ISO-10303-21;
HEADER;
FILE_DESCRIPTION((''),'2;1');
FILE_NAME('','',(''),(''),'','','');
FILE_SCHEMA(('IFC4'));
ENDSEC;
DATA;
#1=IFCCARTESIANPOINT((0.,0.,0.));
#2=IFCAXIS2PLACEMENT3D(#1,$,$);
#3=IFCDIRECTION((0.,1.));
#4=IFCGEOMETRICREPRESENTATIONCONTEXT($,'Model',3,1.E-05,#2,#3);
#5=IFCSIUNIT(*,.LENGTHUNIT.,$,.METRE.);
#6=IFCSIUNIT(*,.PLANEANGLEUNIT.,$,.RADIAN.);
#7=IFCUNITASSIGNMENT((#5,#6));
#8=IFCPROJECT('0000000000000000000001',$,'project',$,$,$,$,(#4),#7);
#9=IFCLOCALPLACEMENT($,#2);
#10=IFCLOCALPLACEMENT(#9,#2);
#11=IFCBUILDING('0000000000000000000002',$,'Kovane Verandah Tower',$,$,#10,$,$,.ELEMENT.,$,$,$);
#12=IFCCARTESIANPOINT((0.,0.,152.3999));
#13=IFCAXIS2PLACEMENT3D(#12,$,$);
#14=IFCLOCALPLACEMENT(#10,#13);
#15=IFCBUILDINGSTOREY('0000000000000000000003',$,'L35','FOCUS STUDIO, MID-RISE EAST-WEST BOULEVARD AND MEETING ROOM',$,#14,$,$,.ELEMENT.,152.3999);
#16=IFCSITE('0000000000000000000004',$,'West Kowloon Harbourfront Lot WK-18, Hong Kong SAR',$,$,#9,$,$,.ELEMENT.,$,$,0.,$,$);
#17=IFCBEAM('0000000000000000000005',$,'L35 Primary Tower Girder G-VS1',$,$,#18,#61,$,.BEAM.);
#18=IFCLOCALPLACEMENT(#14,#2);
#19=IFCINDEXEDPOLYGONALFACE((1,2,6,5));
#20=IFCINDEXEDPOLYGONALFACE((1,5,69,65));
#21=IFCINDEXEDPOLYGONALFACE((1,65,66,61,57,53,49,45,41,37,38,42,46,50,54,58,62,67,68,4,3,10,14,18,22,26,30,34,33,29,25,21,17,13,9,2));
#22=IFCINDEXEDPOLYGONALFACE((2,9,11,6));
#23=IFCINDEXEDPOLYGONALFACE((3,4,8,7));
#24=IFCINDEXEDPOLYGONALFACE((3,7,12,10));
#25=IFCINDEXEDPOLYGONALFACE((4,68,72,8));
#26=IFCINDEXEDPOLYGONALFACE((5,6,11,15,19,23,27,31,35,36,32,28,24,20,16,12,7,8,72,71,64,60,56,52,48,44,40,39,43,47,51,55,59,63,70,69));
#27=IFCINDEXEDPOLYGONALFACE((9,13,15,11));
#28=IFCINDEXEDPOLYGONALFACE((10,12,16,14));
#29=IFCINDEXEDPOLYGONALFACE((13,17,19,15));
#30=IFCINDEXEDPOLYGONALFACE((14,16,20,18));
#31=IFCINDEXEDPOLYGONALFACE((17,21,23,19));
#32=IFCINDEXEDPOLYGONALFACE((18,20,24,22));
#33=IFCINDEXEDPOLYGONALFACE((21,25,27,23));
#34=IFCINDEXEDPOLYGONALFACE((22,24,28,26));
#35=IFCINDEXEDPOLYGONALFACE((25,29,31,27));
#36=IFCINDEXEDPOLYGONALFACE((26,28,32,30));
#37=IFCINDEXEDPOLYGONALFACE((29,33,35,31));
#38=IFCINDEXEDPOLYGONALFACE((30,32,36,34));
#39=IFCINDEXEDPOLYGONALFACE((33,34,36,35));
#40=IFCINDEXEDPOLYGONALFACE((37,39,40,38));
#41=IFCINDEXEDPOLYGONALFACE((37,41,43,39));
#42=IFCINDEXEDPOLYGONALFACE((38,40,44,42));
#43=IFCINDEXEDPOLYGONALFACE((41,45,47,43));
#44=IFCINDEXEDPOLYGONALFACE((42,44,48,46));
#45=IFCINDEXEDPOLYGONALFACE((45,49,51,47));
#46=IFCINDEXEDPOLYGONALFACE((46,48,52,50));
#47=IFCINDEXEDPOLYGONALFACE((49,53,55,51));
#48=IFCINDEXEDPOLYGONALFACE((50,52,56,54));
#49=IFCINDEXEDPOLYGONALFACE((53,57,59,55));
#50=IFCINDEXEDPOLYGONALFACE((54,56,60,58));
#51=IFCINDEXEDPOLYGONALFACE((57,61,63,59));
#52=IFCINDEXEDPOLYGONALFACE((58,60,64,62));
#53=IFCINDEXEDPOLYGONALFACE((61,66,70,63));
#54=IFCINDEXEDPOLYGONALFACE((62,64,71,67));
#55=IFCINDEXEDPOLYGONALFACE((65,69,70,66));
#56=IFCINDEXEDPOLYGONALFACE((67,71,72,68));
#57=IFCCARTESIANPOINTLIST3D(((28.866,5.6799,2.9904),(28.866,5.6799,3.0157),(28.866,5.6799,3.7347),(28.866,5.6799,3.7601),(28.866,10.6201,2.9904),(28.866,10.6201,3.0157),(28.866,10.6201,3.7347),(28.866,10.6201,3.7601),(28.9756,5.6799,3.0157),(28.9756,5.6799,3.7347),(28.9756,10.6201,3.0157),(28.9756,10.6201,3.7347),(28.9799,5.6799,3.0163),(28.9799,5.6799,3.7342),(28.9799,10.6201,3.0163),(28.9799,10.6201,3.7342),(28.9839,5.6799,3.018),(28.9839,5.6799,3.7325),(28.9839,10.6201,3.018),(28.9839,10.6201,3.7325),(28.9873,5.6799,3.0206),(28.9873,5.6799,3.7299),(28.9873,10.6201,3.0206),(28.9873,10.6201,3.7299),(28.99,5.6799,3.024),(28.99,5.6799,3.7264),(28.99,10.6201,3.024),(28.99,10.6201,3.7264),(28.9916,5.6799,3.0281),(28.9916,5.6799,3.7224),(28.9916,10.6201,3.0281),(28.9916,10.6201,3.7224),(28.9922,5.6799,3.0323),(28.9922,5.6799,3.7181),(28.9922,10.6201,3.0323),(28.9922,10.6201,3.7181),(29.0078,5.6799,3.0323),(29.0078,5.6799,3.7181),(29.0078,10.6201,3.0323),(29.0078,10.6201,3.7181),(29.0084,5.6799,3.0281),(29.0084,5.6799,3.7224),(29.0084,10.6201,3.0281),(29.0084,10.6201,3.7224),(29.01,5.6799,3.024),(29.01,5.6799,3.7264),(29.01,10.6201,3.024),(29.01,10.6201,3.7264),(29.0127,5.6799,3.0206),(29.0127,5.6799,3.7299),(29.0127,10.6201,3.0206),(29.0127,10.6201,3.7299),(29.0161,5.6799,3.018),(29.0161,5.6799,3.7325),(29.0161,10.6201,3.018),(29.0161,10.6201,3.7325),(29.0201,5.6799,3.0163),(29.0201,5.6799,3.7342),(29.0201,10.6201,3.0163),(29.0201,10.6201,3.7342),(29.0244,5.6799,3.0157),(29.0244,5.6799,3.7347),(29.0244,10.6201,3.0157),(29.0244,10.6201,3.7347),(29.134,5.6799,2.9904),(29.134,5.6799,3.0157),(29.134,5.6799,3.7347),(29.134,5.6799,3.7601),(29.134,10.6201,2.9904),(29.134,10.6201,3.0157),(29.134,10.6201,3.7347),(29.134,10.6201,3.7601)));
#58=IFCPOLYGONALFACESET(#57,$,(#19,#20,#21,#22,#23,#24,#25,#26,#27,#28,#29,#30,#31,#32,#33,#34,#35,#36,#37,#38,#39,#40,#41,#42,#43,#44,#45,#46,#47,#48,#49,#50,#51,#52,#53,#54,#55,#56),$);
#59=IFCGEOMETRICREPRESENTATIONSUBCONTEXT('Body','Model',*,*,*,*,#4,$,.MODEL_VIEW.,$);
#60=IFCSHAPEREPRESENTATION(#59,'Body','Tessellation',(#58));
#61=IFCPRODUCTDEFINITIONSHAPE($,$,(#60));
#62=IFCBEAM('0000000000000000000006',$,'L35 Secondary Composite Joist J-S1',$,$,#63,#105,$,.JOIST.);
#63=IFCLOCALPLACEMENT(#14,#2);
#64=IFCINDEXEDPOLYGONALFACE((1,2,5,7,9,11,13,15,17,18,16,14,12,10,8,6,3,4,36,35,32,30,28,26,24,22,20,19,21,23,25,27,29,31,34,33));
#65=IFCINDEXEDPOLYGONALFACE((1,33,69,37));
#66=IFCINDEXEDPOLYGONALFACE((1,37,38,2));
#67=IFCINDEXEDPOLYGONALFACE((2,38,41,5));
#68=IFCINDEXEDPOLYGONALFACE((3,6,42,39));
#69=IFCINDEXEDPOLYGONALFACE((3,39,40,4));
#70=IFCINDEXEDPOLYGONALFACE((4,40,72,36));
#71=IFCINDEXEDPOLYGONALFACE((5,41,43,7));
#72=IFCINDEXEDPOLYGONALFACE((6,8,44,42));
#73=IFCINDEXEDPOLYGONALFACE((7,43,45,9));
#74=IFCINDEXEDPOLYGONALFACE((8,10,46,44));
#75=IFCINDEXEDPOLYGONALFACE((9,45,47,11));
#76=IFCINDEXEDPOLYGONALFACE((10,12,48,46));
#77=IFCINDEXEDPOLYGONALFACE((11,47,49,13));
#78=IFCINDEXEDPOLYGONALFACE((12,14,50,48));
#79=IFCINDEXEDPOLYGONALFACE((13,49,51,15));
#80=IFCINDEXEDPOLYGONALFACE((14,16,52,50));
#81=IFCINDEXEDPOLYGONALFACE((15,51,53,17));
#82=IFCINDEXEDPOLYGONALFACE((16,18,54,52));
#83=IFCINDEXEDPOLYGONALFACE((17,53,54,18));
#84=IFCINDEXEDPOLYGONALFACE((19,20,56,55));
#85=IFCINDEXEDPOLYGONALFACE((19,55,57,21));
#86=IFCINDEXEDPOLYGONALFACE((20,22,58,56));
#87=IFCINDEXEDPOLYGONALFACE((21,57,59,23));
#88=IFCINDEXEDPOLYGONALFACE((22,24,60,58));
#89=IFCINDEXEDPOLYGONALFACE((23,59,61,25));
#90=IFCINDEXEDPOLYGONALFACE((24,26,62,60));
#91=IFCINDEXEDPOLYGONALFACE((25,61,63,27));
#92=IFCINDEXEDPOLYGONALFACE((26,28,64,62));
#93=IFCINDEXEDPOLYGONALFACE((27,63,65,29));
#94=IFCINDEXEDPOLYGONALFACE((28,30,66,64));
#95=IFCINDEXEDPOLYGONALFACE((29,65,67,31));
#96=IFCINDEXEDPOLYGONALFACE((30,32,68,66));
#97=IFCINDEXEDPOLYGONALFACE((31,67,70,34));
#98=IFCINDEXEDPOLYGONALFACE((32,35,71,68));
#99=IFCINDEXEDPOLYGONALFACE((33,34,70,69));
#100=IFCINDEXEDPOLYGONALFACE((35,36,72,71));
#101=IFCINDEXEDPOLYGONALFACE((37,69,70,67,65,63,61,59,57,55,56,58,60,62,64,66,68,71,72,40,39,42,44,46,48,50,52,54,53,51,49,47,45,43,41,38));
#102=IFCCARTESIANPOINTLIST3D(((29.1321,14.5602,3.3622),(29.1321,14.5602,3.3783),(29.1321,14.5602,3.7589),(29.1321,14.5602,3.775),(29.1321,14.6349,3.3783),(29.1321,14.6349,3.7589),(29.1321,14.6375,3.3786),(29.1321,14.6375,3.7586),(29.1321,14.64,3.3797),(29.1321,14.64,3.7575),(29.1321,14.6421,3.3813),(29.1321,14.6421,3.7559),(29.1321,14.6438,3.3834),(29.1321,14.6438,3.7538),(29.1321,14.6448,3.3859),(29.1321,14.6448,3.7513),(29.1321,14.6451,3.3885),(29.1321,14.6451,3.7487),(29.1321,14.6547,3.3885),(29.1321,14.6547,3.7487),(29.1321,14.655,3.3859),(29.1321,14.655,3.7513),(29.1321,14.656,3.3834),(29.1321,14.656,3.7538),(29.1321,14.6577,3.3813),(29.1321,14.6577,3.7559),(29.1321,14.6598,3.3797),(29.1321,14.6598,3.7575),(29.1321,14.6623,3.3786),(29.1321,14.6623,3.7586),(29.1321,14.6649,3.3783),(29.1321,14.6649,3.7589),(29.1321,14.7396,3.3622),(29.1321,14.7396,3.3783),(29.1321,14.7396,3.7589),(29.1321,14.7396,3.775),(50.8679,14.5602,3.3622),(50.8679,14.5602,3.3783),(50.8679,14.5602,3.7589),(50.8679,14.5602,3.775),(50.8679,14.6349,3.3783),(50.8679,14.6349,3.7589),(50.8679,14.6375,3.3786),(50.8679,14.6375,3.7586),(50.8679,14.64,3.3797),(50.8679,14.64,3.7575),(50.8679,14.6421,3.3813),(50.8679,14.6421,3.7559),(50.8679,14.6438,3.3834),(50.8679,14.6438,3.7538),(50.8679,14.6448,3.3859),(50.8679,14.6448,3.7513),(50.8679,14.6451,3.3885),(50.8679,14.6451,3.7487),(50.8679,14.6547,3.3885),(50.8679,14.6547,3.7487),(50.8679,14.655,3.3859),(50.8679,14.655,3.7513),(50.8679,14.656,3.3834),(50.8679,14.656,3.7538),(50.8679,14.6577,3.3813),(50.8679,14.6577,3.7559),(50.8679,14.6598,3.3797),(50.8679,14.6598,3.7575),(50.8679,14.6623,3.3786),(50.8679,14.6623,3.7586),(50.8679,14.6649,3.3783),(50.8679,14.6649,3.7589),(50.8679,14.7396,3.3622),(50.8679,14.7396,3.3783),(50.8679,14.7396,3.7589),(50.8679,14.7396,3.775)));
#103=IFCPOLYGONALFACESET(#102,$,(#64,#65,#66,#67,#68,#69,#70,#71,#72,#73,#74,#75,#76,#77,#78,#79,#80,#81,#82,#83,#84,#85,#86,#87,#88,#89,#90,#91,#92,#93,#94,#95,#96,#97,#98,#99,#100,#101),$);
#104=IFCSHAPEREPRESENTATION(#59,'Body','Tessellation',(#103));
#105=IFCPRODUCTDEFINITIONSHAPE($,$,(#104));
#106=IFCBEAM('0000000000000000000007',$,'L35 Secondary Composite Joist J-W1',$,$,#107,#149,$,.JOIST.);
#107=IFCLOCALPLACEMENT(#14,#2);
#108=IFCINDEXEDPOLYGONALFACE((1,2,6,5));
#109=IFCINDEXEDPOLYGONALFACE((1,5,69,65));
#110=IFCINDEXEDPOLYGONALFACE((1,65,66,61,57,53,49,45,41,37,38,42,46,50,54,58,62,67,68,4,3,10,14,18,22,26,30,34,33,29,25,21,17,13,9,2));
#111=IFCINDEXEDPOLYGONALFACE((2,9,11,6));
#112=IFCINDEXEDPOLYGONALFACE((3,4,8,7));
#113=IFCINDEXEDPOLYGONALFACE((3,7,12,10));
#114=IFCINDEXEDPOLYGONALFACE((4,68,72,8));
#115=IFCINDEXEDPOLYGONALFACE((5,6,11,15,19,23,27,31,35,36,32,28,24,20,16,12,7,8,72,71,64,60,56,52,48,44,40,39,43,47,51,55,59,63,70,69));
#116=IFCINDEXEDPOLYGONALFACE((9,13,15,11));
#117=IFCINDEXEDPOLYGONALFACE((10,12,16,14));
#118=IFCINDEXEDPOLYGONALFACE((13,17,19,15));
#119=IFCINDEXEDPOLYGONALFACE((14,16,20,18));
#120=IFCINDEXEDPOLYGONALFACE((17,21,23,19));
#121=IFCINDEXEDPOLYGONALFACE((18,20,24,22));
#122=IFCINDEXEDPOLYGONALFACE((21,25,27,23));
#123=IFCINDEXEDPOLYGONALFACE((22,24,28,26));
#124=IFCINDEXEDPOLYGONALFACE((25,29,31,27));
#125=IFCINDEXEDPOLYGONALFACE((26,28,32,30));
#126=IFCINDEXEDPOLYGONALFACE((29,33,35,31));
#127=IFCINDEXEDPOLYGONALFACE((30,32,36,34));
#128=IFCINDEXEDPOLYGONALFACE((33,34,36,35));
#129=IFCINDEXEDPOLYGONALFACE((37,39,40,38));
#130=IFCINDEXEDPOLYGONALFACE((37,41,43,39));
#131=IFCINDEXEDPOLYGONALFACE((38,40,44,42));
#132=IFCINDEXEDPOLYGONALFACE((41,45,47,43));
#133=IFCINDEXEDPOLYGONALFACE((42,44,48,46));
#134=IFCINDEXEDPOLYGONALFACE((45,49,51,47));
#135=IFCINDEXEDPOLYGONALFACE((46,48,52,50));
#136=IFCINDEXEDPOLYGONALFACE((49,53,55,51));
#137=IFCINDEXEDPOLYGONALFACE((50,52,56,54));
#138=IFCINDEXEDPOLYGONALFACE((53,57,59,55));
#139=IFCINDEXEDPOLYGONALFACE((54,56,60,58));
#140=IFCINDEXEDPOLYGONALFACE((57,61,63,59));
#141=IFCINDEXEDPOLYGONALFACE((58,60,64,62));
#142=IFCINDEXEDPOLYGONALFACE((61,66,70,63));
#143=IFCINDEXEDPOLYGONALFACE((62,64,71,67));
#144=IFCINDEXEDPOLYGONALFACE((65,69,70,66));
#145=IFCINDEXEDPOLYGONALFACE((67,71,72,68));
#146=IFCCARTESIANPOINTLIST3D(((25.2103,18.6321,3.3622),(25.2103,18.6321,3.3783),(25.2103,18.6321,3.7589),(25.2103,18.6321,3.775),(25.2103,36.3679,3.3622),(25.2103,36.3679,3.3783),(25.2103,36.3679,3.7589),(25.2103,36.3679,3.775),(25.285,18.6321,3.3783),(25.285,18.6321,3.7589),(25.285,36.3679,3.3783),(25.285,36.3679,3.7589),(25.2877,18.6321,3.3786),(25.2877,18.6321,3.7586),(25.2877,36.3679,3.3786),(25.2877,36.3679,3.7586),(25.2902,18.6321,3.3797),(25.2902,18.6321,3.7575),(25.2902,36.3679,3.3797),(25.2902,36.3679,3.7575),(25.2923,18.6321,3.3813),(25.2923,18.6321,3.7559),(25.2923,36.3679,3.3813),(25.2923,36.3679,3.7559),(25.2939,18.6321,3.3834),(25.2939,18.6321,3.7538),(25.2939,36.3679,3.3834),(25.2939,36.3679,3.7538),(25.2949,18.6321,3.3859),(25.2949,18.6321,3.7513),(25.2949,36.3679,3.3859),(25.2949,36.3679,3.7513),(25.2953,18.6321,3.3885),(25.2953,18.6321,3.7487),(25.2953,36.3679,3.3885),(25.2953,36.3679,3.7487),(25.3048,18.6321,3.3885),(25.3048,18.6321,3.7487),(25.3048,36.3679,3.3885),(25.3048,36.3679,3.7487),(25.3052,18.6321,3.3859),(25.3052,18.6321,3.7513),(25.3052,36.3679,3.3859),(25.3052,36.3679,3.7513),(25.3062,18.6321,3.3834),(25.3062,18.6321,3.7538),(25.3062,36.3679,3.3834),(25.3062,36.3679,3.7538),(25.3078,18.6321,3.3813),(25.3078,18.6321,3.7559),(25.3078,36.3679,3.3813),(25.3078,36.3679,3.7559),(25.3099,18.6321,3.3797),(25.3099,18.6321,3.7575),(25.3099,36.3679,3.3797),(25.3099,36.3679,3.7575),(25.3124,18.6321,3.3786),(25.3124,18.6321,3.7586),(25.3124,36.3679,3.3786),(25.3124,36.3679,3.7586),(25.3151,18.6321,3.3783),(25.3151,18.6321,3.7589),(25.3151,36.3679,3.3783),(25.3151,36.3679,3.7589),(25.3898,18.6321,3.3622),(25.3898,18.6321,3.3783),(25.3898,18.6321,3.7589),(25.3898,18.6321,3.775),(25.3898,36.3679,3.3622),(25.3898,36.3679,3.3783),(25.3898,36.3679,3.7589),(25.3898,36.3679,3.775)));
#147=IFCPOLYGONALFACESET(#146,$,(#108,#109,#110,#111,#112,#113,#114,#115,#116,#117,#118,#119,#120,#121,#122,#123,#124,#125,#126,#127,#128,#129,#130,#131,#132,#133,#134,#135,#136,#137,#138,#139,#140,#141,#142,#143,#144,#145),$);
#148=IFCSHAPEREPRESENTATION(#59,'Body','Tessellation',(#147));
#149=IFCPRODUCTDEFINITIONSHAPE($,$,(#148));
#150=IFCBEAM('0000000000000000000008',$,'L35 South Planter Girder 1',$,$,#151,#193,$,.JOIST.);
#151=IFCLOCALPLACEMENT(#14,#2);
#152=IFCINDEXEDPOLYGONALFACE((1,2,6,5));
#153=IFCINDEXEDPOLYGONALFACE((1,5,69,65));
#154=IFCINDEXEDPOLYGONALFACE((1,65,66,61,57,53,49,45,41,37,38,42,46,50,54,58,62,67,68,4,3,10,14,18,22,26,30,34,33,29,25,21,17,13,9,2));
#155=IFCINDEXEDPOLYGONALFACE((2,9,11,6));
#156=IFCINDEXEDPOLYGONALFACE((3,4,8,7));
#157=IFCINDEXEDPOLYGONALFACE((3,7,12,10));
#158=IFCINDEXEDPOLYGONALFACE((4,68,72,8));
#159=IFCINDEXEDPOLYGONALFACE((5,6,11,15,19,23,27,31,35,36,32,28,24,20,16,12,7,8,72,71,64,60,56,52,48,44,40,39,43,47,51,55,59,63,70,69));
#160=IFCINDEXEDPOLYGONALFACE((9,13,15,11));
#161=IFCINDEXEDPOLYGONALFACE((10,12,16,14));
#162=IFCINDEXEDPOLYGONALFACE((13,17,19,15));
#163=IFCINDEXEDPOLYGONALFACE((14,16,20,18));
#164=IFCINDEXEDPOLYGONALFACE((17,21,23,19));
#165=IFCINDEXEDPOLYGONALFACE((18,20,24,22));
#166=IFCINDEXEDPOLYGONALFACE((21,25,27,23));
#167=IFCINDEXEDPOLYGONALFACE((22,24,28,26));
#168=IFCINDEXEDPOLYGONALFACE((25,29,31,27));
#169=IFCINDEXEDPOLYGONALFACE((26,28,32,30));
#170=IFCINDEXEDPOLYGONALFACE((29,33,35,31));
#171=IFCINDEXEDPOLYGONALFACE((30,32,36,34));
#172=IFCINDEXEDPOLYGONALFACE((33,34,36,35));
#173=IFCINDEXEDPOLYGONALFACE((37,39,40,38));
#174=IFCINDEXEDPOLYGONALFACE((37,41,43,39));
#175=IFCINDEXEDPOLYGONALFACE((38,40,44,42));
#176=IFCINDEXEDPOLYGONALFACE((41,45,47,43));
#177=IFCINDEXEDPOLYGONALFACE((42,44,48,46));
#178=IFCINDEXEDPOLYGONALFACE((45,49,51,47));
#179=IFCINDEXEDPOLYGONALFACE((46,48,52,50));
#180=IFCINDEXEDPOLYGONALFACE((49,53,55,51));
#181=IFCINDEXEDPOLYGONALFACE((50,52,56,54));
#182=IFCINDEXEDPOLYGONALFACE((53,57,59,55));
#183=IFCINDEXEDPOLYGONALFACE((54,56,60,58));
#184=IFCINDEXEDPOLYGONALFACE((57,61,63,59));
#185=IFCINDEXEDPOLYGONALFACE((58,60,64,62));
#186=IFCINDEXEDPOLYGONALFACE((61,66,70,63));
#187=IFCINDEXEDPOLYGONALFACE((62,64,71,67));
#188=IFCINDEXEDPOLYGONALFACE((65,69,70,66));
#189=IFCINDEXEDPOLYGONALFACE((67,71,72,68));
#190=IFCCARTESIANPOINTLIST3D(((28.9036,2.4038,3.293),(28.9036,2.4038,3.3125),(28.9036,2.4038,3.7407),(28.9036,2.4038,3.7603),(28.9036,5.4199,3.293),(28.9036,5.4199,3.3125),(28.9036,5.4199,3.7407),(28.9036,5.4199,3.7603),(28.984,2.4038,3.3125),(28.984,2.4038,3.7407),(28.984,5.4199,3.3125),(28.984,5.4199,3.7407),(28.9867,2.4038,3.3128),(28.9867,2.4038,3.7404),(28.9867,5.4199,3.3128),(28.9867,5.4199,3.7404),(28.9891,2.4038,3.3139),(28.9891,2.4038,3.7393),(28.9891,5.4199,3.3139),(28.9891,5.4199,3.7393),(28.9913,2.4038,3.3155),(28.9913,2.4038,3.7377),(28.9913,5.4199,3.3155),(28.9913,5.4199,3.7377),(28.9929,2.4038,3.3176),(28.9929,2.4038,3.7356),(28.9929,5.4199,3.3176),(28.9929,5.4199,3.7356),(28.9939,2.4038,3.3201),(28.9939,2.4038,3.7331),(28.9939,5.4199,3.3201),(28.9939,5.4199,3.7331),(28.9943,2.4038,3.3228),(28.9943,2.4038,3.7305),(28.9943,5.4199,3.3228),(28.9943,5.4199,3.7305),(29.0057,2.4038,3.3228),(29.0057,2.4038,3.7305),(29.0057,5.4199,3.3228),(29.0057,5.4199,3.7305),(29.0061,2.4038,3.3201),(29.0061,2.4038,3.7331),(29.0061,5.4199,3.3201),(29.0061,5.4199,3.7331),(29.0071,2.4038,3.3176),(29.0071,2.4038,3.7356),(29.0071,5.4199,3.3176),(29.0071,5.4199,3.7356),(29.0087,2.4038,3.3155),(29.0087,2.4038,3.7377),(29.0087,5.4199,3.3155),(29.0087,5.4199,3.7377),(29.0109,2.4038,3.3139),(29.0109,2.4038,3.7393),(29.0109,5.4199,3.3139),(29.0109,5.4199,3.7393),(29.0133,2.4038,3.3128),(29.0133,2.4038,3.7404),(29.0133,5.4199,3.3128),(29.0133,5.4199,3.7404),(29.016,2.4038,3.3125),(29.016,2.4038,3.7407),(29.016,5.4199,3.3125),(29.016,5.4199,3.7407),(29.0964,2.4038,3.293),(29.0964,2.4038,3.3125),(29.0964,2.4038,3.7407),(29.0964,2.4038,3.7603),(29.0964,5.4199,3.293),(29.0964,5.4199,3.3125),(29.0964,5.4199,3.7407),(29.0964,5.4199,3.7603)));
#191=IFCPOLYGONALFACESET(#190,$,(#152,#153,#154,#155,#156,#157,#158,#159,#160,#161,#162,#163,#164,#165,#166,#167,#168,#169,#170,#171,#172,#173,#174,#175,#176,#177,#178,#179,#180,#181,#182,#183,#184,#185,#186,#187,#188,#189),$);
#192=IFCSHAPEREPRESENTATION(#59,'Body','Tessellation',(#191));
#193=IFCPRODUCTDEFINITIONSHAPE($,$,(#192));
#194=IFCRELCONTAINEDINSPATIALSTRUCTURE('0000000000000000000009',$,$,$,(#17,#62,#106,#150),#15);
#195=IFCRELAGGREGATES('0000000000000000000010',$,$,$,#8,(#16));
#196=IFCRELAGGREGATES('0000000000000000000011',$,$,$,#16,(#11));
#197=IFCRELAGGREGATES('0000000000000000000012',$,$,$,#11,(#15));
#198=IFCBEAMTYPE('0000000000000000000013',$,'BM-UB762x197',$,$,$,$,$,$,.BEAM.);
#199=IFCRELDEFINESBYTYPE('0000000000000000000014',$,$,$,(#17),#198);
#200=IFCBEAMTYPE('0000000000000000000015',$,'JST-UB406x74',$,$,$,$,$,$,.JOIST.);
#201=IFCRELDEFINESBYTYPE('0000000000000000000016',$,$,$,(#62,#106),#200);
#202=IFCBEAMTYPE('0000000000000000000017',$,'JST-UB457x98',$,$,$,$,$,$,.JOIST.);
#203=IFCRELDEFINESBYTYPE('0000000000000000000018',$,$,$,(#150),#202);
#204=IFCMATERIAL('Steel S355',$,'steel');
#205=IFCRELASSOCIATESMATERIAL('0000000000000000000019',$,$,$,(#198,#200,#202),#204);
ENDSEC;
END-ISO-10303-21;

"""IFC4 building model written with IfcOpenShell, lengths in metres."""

from ifc_helpers import new_model, si_unit, direction, frame, origin, origin_2d, place, context, subcontext, project, spatial, i_section, extrude, material, material_profile, profile_set, type_object, element, save


model = new_model("IFC4")

# Units and contexts
model_context = context("Model", 3, precision=1e-05, world=origin(), true_north=direction((0.0, 1.0)))
body_context = subcontext(model_context, "Body", "Model", "MODEL_VIEW")
ifc_project = project(units=[si_unit("LENGTHUNIT", "METRE"), si_unit("PLANEANGLEUNIT", "RADIAN")], contexts=[model_context])

# Site, building, storey
site_placement = place(None, origin())
site = spatial("IfcSite", under=ifc_project, at=site_placement, Name="West Kowloon Harbourfront Lot WK-18, Hong Kong SAR", CompositionType="ELEMENT", RefElevation=0.0)
building_placement = place(site_placement, origin())
building = spatial("IfcBuilding", under=site, at=building_placement, Name="Kovane Verandah Tower", CompositionType="ELEMENT")
storey_placement = place(building_placement, frame((0.0, 0.0, 152.3999)))
storey = spatial("IfcBuildingStorey", under=building, at=storey_placement, Name="L35", Description="FOCUS STUDIO, MID-RISE EAST-WEST BOULEVARD AND MEETING ROOM", CompositionType="ELEMENT", Elevation=152.3999)

# Beams
ifc_material_1 = material(Name="Steel S355", Category="steel")
ifc_material_profile_1 = material_profile(ifc_material_1, i_section(OverallWidth=0.2681, OverallDepth=0.7698, WebThickness=0.0156, FlangeThickness=0.0254, FilletRadius=0.0166, at=origin_2d()), Name="UB762x267x197")
ifc_profile_set_1 = profile_set([ifc_material_profile_1], Name="Steel S355")
beam_type_1 = type_object("IfcBeamType", Name="BM-UB762x197", PredefinedType="BEAM", material=ifc_profile_set_1)
beam_1_placement = place(storey_placement, frame((29.0, 10.6201, 3.3752), z_axis=(0.0, -1.0, 0.0), x_axis=(1.0, 0.0, 0.0)))
element("IfcBeam", 1, at=beam_1_placement, inside=storey, type_object=beam_type_1, Name="L35 Primary Tower Girder G-VS1", PredefinedType="BEAM", context=body_context, shape_type="SweptSolid", body=[
    extrude(i_section(OverallWidth=0.2681, OverallDepth=0.7698, WebThickness=0.0156, FlangeThickness=0.0254, FilletRadius=0.0166, at=origin_2d()), origin(), (0.0, 0.0, 1.0), 4.9402),
])
ifc_material_profile_2 = material_profile(ifc_material_1, i_section(OverallWidth=0.1794, OverallDepth=0.4128, WebThickness=0.0095, FlangeThickness=0.0161, FilletRadius=0.0103, at=origin_2d()), Name="UB406x178x74")
ifc_profile_set_2 = profile_set([ifc_material_profile_2], Name="Steel S355")
beam_type_2 = type_object("IfcBeamType", Name="JST-UB406x74", PredefinedType="JOIST", material=ifc_profile_set_2)
beam_2_placement = place(storey_placement, frame((29.1321, 14.6499, 3.5686), z_axis=(1.0, 0.0, 0.0), x_axis=(0.0, 1.0, 0.0)))
element("IfcBeam", 2, at=beam_2_placement, inside=storey, type_object=beam_type_2, Name="L35 Secondary Composite Joist J-S1", PredefinedType="JOIST", context=body_context, shape_type="SweptSolid", body=[
    extrude(i_section(OverallWidth=0.1794, OverallDepth=0.4128, WebThickness=0.0095, FlangeThickness=0.0161, FilletRadius=0.0103, at=origin_2d()), origin(), (0.0, 0.0, 1.0), 21.7358),
])
beam_3_placement = place(storey_placement, frame((25.3, 18.6321, 3.5686), z_axis=(0.0, 1.0, 0.0), x_axis=(-1.0, 0.0, 0.0)))
element("IfcBeam", 3, at=beam_3_placement, inside=storey, type_object=beam_type_2, Name="L35 Secondary Composite Joist J-W1", PredefinedType="JOIST", context=body_context, shape_type="SweptSolid", body=[
    extrude(i_section(OverallWidth=0.1794, OverallDepth=0.4128, WebThickness=0.0095, FlangeThickness=0.0161, FilletRadius=0.0103, at=origin_2d()), origin(), (0.0, 0.0, 1.0), 17.7358),
])
ifc_material_profile_3 = material_profile(ifc_material_1, i_section(OverallWidth=0.1929, OverallDepth=0.4673, WebThickness=0.0115, FlangeThickness=0.0195, FilletRadius=0.0103, at=origin_2d()), Name="UB457x191x98")
ifc_profile_set_3 = profile_set([ifc_material_profile_3], Name="Steel S355")
beam_type_3 = type_object("IfcBeamType", Name="JST-UB457x98", PredefinedType="JOIST", material=ifc_profile_set_3)
beam_4_placement = place(storey_placement, frame((29.0, 5.4199, 3.5266), z_axis=(0.0, -1.0, 0.0), x_axis=(1.0, 0.0, 0.0)))
element("IfcBeam", 4, at=beam_4_placement, inside=storey, type_object=beam_type_3, Name="L35 South Planter Girder 1", PredefinedType="JOIST", context=body_context, shape_type="SweptSolid", body=[
    extrude(i_section(OverallWidth=0.1929, OverallDepth=0.4673, WebThickness=0.0115, FlangeThickness=0.0195, FilletRadius=0.0103, at=origin_2d()), origin(), (0.0, 0.0, 1.0), 3.0161),
])

save(model, "model.ifc")
